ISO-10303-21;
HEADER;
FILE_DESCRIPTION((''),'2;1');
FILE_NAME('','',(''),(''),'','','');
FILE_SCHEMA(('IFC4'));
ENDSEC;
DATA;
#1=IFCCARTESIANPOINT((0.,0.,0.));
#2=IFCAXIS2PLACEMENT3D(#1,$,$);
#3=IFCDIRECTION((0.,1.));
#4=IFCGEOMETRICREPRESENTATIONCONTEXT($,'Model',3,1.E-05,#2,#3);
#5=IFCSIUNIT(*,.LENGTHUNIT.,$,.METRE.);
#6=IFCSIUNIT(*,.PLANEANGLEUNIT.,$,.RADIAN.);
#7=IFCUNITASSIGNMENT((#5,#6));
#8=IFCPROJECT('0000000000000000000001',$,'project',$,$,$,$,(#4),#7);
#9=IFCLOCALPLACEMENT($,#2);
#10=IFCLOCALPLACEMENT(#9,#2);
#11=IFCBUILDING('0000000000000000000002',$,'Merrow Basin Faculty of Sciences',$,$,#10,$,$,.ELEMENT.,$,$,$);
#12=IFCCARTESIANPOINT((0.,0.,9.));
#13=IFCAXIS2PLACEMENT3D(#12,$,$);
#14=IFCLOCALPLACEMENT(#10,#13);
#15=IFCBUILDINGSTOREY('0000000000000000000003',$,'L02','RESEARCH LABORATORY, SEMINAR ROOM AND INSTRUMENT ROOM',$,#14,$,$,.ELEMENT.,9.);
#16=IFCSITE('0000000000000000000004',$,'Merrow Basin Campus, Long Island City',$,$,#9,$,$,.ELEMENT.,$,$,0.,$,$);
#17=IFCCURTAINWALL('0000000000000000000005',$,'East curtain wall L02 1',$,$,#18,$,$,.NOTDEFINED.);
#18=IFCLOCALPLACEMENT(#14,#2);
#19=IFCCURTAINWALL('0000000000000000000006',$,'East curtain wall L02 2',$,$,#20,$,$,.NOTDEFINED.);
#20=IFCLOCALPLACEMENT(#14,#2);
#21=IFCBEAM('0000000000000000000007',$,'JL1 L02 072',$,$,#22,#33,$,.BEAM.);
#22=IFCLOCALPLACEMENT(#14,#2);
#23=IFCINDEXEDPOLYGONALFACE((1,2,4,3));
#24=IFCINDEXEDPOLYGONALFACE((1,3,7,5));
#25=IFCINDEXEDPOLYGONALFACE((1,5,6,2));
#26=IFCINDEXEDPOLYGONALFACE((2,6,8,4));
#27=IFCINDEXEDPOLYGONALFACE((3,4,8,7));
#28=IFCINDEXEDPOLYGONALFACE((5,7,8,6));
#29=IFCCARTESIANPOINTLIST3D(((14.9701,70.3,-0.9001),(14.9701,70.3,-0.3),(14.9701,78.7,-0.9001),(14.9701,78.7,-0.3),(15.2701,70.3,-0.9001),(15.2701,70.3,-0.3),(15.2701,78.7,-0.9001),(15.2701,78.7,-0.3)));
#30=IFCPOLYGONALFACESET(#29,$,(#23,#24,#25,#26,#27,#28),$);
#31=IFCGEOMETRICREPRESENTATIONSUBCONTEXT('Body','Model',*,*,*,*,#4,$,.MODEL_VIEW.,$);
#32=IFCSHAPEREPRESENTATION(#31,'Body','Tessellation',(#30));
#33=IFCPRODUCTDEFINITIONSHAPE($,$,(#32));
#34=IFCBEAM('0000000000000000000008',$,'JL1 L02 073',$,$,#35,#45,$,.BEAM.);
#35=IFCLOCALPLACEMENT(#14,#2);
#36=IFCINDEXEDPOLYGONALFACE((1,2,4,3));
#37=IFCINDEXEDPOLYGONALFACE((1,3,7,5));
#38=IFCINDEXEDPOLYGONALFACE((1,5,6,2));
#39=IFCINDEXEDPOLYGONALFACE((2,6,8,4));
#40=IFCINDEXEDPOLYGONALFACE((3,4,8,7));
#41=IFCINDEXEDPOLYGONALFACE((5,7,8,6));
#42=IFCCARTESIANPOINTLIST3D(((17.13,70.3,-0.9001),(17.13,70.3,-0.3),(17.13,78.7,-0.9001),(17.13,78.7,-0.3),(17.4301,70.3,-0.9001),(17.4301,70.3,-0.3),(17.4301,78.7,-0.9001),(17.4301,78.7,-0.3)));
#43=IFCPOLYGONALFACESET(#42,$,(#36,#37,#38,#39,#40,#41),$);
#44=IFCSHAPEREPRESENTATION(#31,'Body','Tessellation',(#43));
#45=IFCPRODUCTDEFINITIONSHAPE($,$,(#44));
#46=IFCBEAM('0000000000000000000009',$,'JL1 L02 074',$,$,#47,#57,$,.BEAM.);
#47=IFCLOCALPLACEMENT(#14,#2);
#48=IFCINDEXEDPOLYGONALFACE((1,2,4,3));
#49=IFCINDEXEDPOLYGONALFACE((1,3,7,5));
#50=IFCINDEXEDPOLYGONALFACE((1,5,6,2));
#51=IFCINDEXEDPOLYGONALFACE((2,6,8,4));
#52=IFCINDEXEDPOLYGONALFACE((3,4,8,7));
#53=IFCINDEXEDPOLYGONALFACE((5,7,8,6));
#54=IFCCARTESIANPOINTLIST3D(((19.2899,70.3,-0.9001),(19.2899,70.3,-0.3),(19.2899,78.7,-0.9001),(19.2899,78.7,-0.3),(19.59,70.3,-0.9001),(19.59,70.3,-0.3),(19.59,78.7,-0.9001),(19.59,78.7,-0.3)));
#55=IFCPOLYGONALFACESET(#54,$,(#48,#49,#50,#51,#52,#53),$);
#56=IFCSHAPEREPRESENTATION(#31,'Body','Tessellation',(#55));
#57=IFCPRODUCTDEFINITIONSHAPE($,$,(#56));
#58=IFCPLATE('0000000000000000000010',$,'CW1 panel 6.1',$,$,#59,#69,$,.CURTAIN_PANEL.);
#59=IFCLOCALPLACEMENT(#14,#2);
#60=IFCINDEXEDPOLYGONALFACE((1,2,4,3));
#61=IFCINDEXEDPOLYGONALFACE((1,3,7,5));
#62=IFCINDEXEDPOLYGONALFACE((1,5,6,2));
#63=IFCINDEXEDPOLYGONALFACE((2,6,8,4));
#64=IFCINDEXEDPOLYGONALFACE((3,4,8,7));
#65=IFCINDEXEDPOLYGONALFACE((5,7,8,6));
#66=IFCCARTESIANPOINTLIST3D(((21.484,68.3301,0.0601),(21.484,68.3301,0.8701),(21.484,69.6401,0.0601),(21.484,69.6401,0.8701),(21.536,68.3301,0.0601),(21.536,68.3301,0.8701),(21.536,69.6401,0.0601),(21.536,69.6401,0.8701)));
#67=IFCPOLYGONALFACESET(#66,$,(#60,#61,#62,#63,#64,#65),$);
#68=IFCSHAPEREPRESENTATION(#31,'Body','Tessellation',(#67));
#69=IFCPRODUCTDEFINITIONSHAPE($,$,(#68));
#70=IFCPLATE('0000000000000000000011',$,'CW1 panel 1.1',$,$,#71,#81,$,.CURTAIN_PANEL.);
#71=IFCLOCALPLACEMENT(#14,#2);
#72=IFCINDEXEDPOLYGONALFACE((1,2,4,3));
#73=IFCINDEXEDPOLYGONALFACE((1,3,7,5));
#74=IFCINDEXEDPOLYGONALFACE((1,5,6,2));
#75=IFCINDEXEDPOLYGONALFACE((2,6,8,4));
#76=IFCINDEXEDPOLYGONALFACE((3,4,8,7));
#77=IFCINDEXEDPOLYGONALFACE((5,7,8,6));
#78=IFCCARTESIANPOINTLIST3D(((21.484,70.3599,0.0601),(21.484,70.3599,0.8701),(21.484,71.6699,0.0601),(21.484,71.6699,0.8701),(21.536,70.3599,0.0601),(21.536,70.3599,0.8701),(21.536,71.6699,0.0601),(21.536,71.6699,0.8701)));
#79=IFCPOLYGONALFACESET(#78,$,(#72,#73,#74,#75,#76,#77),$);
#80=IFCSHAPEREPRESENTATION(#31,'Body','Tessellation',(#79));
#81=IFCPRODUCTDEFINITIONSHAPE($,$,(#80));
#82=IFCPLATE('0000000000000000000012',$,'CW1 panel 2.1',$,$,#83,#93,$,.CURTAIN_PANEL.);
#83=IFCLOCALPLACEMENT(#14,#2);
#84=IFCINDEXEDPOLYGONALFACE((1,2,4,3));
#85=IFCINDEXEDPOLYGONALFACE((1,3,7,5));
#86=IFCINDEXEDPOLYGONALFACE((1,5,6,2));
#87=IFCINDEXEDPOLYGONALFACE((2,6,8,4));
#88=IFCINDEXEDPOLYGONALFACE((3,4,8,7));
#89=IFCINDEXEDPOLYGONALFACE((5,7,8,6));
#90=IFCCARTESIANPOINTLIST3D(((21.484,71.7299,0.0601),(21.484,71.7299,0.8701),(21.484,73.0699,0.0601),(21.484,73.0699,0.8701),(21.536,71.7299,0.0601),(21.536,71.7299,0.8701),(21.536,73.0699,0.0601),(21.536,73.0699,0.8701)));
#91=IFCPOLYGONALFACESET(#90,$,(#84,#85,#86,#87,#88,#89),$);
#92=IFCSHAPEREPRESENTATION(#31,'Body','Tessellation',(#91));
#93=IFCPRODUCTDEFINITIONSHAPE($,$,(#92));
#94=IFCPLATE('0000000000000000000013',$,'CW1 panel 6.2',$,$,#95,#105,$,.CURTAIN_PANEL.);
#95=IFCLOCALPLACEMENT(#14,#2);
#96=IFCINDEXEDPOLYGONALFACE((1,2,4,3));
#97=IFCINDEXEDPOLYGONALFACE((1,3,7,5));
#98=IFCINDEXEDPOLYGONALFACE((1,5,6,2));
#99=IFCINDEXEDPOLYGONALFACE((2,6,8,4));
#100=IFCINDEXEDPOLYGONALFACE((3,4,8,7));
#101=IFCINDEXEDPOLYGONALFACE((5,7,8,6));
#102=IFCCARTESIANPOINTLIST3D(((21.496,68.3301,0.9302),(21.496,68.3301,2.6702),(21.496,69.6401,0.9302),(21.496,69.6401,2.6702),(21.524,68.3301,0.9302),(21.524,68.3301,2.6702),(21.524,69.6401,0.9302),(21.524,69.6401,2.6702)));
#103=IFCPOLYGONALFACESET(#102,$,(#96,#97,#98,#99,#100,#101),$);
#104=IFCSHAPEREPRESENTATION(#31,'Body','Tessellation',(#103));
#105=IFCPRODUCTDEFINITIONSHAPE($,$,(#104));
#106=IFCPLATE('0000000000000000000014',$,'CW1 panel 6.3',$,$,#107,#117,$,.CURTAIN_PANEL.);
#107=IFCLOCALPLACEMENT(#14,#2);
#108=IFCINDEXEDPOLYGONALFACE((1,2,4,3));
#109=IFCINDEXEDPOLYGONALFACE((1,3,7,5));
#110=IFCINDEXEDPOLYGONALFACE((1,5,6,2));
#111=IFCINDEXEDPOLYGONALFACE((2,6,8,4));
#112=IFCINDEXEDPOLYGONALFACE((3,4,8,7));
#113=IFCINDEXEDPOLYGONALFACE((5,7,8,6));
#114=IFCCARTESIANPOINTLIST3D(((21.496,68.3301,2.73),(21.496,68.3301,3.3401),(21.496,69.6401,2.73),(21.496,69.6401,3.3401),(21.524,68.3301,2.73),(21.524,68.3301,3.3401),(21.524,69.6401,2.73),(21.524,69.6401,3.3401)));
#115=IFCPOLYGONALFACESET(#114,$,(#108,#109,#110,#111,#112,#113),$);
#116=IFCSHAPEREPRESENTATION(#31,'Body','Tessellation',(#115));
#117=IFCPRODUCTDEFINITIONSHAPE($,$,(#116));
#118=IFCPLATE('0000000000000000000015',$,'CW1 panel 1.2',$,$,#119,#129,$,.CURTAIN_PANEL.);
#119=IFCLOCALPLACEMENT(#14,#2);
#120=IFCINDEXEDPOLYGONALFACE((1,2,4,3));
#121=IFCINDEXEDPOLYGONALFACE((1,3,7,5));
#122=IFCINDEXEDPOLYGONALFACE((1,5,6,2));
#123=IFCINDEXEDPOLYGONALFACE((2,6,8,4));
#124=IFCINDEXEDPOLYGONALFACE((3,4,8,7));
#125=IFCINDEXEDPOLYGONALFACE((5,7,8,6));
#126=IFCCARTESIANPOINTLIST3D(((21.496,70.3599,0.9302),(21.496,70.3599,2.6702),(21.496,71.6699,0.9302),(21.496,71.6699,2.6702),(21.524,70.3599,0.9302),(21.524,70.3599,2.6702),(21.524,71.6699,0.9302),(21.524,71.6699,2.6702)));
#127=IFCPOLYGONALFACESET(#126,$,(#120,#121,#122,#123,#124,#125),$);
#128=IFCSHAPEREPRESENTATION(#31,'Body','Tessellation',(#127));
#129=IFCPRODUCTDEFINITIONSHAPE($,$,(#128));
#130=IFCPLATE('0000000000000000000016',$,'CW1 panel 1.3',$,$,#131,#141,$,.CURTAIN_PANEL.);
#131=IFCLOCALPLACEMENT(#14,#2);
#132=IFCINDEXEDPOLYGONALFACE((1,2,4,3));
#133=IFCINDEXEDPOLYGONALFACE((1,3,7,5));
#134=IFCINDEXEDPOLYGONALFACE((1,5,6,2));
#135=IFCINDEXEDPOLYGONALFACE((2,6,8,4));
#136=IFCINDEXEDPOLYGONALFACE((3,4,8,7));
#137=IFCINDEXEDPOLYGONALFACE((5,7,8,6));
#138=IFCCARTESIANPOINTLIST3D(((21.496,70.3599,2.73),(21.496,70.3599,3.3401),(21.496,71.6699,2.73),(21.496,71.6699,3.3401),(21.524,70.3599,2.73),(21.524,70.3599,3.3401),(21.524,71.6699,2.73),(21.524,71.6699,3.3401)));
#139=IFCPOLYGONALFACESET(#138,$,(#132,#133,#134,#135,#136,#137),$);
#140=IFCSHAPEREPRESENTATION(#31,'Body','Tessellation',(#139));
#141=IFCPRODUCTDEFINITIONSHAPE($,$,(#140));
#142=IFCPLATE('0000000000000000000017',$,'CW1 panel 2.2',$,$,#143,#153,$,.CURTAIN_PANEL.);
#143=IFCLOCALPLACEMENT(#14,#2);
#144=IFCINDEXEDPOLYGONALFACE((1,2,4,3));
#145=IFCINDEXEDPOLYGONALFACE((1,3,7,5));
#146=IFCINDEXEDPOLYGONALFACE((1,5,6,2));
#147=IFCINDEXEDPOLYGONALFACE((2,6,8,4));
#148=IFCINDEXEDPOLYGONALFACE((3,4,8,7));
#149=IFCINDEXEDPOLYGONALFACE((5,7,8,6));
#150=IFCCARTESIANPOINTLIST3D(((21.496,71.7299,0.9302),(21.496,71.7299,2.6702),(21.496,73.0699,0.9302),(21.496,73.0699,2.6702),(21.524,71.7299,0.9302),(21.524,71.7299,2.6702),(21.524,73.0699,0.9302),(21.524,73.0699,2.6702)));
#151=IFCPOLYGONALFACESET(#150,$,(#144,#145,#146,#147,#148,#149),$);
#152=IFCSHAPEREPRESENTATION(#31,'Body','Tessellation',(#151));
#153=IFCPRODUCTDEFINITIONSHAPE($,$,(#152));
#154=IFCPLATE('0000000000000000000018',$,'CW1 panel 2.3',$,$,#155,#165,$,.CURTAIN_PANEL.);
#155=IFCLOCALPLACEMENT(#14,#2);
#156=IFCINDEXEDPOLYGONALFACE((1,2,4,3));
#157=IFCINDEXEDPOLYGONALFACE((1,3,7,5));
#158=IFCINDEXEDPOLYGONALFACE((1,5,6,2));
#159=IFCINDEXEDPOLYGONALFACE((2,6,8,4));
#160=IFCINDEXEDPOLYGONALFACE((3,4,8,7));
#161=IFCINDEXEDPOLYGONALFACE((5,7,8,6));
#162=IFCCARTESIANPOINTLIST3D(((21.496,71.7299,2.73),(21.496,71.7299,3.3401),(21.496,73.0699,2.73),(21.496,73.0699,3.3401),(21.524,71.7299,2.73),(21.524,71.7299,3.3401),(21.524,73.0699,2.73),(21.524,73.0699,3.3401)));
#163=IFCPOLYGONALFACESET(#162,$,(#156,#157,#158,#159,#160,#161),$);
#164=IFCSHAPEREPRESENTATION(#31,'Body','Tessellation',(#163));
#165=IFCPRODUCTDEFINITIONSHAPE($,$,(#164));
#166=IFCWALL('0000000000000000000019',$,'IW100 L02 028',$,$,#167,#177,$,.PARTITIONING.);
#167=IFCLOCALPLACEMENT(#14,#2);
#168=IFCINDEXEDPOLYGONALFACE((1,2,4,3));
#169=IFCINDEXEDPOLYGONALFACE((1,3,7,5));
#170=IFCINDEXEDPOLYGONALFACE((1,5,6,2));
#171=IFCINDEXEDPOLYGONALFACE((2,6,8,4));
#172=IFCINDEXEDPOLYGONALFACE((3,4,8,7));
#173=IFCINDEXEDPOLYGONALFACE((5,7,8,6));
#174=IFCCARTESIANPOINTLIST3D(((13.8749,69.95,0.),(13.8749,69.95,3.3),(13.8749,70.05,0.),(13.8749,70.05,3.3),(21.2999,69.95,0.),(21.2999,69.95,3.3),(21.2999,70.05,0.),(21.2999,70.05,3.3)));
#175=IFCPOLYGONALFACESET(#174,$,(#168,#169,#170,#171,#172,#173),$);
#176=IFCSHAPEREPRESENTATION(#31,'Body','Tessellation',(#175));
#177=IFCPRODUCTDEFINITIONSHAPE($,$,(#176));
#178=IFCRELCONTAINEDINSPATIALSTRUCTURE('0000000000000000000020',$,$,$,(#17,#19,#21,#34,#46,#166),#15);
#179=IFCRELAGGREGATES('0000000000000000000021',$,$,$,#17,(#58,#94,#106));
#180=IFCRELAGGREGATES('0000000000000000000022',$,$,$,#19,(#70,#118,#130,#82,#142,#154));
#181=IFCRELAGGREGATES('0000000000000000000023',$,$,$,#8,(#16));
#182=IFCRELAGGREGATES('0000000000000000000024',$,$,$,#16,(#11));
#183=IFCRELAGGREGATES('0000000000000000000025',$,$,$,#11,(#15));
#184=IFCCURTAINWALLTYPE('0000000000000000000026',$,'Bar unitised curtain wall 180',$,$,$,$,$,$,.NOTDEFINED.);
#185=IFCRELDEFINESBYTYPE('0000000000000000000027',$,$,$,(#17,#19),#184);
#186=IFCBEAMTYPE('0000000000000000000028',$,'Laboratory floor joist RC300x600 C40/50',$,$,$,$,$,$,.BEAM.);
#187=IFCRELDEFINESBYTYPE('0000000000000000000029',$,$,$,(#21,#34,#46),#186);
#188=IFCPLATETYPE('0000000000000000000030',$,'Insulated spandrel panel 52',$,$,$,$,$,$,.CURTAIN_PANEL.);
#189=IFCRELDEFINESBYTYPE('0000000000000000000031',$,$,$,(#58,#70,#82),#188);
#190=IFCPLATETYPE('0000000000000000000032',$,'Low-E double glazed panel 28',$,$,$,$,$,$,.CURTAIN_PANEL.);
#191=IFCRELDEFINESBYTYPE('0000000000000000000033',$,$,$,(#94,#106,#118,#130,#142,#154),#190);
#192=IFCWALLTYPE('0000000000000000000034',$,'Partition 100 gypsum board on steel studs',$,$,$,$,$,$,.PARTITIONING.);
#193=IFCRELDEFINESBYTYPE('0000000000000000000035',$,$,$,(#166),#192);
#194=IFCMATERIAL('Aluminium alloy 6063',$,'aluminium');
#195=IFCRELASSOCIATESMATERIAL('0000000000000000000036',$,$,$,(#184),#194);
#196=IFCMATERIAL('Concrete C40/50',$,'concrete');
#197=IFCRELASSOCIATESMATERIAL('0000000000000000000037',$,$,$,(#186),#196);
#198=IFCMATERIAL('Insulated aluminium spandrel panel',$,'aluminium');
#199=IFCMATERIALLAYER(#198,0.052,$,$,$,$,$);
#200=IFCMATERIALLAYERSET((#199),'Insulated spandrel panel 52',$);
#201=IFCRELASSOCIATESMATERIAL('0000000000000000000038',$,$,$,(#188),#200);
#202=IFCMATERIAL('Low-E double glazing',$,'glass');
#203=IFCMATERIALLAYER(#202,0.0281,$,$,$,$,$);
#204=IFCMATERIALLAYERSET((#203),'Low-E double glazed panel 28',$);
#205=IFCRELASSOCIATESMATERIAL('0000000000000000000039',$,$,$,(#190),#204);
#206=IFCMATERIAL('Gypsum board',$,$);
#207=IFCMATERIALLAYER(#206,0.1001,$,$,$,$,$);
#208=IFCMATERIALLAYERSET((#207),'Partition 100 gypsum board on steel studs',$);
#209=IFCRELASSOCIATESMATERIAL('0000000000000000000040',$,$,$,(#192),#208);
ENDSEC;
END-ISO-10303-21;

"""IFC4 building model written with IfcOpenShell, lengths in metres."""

from ifc_helpers import new_model, si_unit, direction, frame, frame_2d, origin, origin_2d, place, context, subcontext, project, spatial, rectangle, extrude, material, layer, layer_set, material_profile, profile_set, type_object, element, aggregate, save


model = new_model("IFC4")

# Units and contexts
model_context = context("Model", 3, precision=1e-05, world=origin(), true_north=direction((0.0, 1.0)))
body_context = subcontext(model_context, "Body", "Model", "MODEL_VIEW")
ifc_project = project(units=[si_unit("LENGTHUNIT", "METRE"), si_unit("PLANEANGLEUNIT", "RADIAN")], contexts=[model_context])

# Site, building, storey
site_placement = place(None, origin())
site = spatial("IfcSite", under=ifc_project, at=site_placement, Name="Merrow Basin Campus, Long Island City", CompositionType="ELEMENT", RefElevation=0.0)
building_placement = place(site_placement, origin())
building = spatial("IfcBuilding", under=site, at=building_placement, Name="Merrow Basin Faculty of Sciences", CompositionType="ELEMENT")
storey_placement = place(building_placement, frame((0.0, 0.0, 9.0)))
storey = spatial("IfcBuildingStorey", under=building, at=storey_placement, Name="L02", Description="RESEARCH LABORATORY, SEMINAR ROOM AND INSTRUMENT ROOM", CompositionType="ELEMENT", Elevation=9.0)

# Curtain wall
ifc_material_1 = material(Name="Aluminium alloy 6063", Category="aluminium")
curtain_wall_type = type_object("IfcCurtainWallType", Name="Bar unitised curtain wall 180", PredefinedType="NOTDEFINED", material=ifc_material_1)
curtain_wall_1_placement = place(storey_placement, origin())
curtain_wall_1 = element("IfcCurtainWall", 1, at=curtain_wall_1_placement, inside=storey, type_object=curtain_wall_type, Name="East curtain wall L02 1", PredefinedType="NOTDEFINED")

# Curtain wall
curtain_wall_2_placement = place(storey_placement, origin())
curtain_wall_2 = element("IfcCurtainWall", 2, at=curtain_wall_2_placement, inside=storey, type_object=curtain_wall_type, Name="East curtain wall L02 2", PredefinedType="NOTDEFINED")

# Beams
ifc_material_2 = material(Name="Concrete C40/50", Category="concrete")
ifc_material_profile_1 = material_profile(ifc_material_2, rectangle(XDim=0.3, YDim=0.6001, at=origin_2d()))
ifc_profile_set_1 = profile_set([ifc_material_profile_1], Name="Concrete C40/50")
beam_type = type_object("IfcBeamType", Name="Laboratory floor joist RC300x600 C40/50", PredefinedType="BEAM", material=ifc_profile_set_1)
for number, where, z_axis, x_axis, name in (
    (3, (15.1201, 70.3, -0.6001), (0.0, 1.0, 0.0), (-1.0, 0.0, 0.0), "JL1 L02 072"),
    (4, (17.28, 70.3, -0.6001), (0.0, 1.0, 0.0), (-1.0, 0.0, 0.0), "JL1 L02 073"),
    (5, (19.4399, 70.3, -0.6001), (0.0, 1.0, 0.0), (-1.0, 0.0, 0.0), "JL1 L02 074"),
):
    element("IfcBeam", number, at=place(storey_placement, frame(where, z_axis=z_axis, x_axis=x_axis)), inside=storey, type_object=beam_type, Name=name, PredefinedType="BEAM", context=body_context, shape_type="SweptSolid", body=[
        extrude(rectangle(XDim=0.3, YDim=0.6001, at=origin_2d()), origin(), (0.0, 0.0, 1.0), 8.3999),
    ])

# Plates
ifc_material_3 = material(Name="Insulated aluminium spandrel panel", Category="aluminium")
ifc_layer_1 = layer(ifc_material_3, 0.052)
ifc_layer_set_1 = layer_set([ifc_layer_1], Name="Insulated spandrel panel 52")
plate_type_1 = type_object("IfcPlateType", Name="Insulated spandrel panel 52", PredefinedType="CURTAIN_PANEL", material=ifc_layer_set_1)
plate_1_placement = place(storey_placement, frame((21.51, 68.9851, 0.0601), z_axis=(0.0, 0.0, 1.0), x_axis=(0.0, 1.0, 0.0)))
plate_1 = element("IfcPlate", 6, at=plate_1_placement, type_object=plate_type_1, Name="CW1 panel 6.1", PredefinedType="CURTAIN_PANEL", context=body_context, shape_type="SweptSolid", body=[
    extrude(rectangle(XDim=1.3101, YDim=0.052, at=origin_2d()), origin(), (0.0, 0.0, 1.0), 0.8101),
])
plate_2_placement = place(storey_placement, frame((21.51, 71.0149, 0.0601), z_axis=(0.0, 0.0, 1.0), x_axis=(0.0, 1.0, 0.0)))
plate_2 = element("IfcPlate", 7, at=plate_2_placement, type_object=plate_type_1, Name="CW1 panel 1.1", PredefinedType="CURTAIN_PANEL", context=body_context, shape_type="SweptSolid", body=[
    extrude(rectangle(XDim=1.3101, YDim=0.052, at=origin_2d()), origin(), (0.0, 0.0, 1.0), 0.8101),
])
plate_3_placement = place(storey_placement, frame((21.51, 72.3999, 0.0601), z_axis=(0.0, 0.0, 1.0), x_axis=(0.0, 1.0, 0.0)))
plate_3 = element("IfcPlate", 8, at=plate_3_placement, type_object=plate_type_1, Name="CW1 panel 2.1", PredefinedType="CURTAIN_PANEL", context=body_context, shape_type="SweptSolid", body=[
    extrude(rectangle(XDim=1.3401, YDim=0.052, at=origin_2d()), origin(), (0.0, 0.0, 1.0), 0.8101),
])
ifc_material_4 = material(Name="Low-E double glazing", Category="glass")
ifc_layer_2 = layer(ifc_material_4, 0.0281)
ifc_layer_set_2 = layer_set([ifc_layer_2], Name="Low-E double glazed panel 28")
plate_type_2 = type_object("IfcPlateType", Name="Low-E double glazed panel 28", PredefinedType="CURTAIN_PANEL", material=ifc_layer_set_2)
plate_4_placement = place(storey_placement, frame((21.51, 68.9851, 0.9302), z_axis=(0.0, 0.0, 1.0), x_axis=(0.0, 1.0, 0.0)))
plate_4 = element("IfcPlate", 9, at=plate_4_placement, type_object=plate_type_2, Name="CW1 panel 6.2", PredefinedType="CURTAIN_PANEL", context=body_context, shape_type="SweptSolid", body=[
    extrude(rectangle(XDim=1.3101, YDim=0.0281, at=origin_2d()), origin(), (0.0, 0.0, 1.0), 1.74),
])
plate_5_placement = place(storey_placement, frame((21.51, 68.9851, 2.73), z_axis=(0.0, 0.0, 1.0), x_axis=(0.0, 1.0, 0.0)))
plate_5 = element("IfcPlate", 10, at=plate_5_placement, type_object=plate_type_2, Name="CW1 panel 6.3", PredefinedType="CURTAIN_PANEL", context=body_context, shape_type="SweptSolid", body=[
    extrude(rectangle(XDim=1.3101, YDim=0.0281, at=origin_2d()), origin(), (0.0, 0.0, 1.0), 0.6101),
])
aggregate(curtain_wall_1, [plate_1, plate_4, plate_5])
plate_6_placement = place(storey_placement, frame((21.51, 71.0149, 0.9302), z_axis=(0.0, 0.0, 1.0), x_axis=(0.0, 1.0, 0.0)))
plate_6 = element("IfcPlate", 11, at=plate_6_placement, type_object=plate_type_2, Name="CW1 panel 1.2", PredefinedType="CURTAIN_PANEL", context=body_context, shape_type="SweptSolid", body=[
    extrude(rectangle(XDim=1.3101, YDim=0.0281, at=origin_2d()), origin(), (0.0, 0.0, 1.0), 1.74),
])
plate_7_placement = place(storey_placement, frame((21.51, 71.0149, 2.73), z_axis=(0.0, 0.0, 1.0), x_axis=(0.0, 1.0, 0.0)))
plate_7 = element("IfcPlate", 12, at=plate_7_placement, type_object=plate_type_2, Name="CW1 panel 1.3", PredefinedType="CURTAIN_PANEL", context=body_context, shape_type="SweptSolid", body=[
    extrude(rectangle(XDim=1.3101, YDim=0.0281, at=origin_2d()), origin(), (0.0, 0.0, 1.0), 0.6101),
])
plate_8_placement = place(storey_placement, frame((21.51, 72.3999, 0.9302), z_axis=(0.0, 0.0, 1.0), x_axis=(0.0, 1.0, 0.0)))
plate_8 = element("IfcPlate", 13, at=plate_8_placement, type_object=plate_type_2, Name="CW1 panel 2.2", PredefinedType="CURTAIN_PANEL", context=body_context, shape_type="SweptSolid", body=[
    extrude(rectangle(XDim=1.3401, YDim=0.0281, at=origin_2d()), origin(), (0.0, 0.0, 1.0), 1.74),
])
plate_9_placement = place(storey_placement, frame((21.51, 72.3999, 2.73), z_axis=(0.0, 0.0, 1.0), x_axis=(0.0, 1.0, 0.0)))
plate_9 = element("IfcPlate", 14, at=plate_9_placement, type_object=plate_type_2, Name="CW1 panel 2.3", PredefinedType="CURTAIN_PANEL", context=body_context, shape_type="SweptSolid", body=[
    extrude(rectangle(XDim=1.3401, YDim=0.0281, at=origin_2d()), origin(), (0.0, 0.0, 1.0), 0.6101),
])
aggregate(curtain_wall_2, [plate_2, plate_6, plate_7, plate_3, plate_8, plate_9])

# Wall
ifc_material_5 = material(Name="Gypsum board")
ifc_layer_3 = layer(ifc_material_5, 0.1001)
ifc_layer_set_3 = layer_set([ifc_layer_3], Name="Partition 100 gypsum board on steel studs")
wall_type = type_object("IfcWallType", Name="Partition 100 gypsum board on steel studs", PredefinedType="PARTITIONING", material=ifc_layer_set_3)
wall_placement = place(storey_placement, frame((13.875, 70.0, 0.0), z_axis=(0.0, 0.0, 1.0), x_axis=(1.0, 0.0, 0.0)))
element("IfcWall", 15, at=wall_placement, inside=storey, type_object=wall_type, Name="IW100 L02 028", PredefinedType="PARTITIONING", context=body_context, shape_type="SweptSolid", body=[
    extrude(rectangle(XDim=7.425, YDim=0.1001, at=frame_2d((3.7124, 0.0))), origin(), (0.0, 0.0, 1.0), 3.3),
])

save(model, "model.ifc")
